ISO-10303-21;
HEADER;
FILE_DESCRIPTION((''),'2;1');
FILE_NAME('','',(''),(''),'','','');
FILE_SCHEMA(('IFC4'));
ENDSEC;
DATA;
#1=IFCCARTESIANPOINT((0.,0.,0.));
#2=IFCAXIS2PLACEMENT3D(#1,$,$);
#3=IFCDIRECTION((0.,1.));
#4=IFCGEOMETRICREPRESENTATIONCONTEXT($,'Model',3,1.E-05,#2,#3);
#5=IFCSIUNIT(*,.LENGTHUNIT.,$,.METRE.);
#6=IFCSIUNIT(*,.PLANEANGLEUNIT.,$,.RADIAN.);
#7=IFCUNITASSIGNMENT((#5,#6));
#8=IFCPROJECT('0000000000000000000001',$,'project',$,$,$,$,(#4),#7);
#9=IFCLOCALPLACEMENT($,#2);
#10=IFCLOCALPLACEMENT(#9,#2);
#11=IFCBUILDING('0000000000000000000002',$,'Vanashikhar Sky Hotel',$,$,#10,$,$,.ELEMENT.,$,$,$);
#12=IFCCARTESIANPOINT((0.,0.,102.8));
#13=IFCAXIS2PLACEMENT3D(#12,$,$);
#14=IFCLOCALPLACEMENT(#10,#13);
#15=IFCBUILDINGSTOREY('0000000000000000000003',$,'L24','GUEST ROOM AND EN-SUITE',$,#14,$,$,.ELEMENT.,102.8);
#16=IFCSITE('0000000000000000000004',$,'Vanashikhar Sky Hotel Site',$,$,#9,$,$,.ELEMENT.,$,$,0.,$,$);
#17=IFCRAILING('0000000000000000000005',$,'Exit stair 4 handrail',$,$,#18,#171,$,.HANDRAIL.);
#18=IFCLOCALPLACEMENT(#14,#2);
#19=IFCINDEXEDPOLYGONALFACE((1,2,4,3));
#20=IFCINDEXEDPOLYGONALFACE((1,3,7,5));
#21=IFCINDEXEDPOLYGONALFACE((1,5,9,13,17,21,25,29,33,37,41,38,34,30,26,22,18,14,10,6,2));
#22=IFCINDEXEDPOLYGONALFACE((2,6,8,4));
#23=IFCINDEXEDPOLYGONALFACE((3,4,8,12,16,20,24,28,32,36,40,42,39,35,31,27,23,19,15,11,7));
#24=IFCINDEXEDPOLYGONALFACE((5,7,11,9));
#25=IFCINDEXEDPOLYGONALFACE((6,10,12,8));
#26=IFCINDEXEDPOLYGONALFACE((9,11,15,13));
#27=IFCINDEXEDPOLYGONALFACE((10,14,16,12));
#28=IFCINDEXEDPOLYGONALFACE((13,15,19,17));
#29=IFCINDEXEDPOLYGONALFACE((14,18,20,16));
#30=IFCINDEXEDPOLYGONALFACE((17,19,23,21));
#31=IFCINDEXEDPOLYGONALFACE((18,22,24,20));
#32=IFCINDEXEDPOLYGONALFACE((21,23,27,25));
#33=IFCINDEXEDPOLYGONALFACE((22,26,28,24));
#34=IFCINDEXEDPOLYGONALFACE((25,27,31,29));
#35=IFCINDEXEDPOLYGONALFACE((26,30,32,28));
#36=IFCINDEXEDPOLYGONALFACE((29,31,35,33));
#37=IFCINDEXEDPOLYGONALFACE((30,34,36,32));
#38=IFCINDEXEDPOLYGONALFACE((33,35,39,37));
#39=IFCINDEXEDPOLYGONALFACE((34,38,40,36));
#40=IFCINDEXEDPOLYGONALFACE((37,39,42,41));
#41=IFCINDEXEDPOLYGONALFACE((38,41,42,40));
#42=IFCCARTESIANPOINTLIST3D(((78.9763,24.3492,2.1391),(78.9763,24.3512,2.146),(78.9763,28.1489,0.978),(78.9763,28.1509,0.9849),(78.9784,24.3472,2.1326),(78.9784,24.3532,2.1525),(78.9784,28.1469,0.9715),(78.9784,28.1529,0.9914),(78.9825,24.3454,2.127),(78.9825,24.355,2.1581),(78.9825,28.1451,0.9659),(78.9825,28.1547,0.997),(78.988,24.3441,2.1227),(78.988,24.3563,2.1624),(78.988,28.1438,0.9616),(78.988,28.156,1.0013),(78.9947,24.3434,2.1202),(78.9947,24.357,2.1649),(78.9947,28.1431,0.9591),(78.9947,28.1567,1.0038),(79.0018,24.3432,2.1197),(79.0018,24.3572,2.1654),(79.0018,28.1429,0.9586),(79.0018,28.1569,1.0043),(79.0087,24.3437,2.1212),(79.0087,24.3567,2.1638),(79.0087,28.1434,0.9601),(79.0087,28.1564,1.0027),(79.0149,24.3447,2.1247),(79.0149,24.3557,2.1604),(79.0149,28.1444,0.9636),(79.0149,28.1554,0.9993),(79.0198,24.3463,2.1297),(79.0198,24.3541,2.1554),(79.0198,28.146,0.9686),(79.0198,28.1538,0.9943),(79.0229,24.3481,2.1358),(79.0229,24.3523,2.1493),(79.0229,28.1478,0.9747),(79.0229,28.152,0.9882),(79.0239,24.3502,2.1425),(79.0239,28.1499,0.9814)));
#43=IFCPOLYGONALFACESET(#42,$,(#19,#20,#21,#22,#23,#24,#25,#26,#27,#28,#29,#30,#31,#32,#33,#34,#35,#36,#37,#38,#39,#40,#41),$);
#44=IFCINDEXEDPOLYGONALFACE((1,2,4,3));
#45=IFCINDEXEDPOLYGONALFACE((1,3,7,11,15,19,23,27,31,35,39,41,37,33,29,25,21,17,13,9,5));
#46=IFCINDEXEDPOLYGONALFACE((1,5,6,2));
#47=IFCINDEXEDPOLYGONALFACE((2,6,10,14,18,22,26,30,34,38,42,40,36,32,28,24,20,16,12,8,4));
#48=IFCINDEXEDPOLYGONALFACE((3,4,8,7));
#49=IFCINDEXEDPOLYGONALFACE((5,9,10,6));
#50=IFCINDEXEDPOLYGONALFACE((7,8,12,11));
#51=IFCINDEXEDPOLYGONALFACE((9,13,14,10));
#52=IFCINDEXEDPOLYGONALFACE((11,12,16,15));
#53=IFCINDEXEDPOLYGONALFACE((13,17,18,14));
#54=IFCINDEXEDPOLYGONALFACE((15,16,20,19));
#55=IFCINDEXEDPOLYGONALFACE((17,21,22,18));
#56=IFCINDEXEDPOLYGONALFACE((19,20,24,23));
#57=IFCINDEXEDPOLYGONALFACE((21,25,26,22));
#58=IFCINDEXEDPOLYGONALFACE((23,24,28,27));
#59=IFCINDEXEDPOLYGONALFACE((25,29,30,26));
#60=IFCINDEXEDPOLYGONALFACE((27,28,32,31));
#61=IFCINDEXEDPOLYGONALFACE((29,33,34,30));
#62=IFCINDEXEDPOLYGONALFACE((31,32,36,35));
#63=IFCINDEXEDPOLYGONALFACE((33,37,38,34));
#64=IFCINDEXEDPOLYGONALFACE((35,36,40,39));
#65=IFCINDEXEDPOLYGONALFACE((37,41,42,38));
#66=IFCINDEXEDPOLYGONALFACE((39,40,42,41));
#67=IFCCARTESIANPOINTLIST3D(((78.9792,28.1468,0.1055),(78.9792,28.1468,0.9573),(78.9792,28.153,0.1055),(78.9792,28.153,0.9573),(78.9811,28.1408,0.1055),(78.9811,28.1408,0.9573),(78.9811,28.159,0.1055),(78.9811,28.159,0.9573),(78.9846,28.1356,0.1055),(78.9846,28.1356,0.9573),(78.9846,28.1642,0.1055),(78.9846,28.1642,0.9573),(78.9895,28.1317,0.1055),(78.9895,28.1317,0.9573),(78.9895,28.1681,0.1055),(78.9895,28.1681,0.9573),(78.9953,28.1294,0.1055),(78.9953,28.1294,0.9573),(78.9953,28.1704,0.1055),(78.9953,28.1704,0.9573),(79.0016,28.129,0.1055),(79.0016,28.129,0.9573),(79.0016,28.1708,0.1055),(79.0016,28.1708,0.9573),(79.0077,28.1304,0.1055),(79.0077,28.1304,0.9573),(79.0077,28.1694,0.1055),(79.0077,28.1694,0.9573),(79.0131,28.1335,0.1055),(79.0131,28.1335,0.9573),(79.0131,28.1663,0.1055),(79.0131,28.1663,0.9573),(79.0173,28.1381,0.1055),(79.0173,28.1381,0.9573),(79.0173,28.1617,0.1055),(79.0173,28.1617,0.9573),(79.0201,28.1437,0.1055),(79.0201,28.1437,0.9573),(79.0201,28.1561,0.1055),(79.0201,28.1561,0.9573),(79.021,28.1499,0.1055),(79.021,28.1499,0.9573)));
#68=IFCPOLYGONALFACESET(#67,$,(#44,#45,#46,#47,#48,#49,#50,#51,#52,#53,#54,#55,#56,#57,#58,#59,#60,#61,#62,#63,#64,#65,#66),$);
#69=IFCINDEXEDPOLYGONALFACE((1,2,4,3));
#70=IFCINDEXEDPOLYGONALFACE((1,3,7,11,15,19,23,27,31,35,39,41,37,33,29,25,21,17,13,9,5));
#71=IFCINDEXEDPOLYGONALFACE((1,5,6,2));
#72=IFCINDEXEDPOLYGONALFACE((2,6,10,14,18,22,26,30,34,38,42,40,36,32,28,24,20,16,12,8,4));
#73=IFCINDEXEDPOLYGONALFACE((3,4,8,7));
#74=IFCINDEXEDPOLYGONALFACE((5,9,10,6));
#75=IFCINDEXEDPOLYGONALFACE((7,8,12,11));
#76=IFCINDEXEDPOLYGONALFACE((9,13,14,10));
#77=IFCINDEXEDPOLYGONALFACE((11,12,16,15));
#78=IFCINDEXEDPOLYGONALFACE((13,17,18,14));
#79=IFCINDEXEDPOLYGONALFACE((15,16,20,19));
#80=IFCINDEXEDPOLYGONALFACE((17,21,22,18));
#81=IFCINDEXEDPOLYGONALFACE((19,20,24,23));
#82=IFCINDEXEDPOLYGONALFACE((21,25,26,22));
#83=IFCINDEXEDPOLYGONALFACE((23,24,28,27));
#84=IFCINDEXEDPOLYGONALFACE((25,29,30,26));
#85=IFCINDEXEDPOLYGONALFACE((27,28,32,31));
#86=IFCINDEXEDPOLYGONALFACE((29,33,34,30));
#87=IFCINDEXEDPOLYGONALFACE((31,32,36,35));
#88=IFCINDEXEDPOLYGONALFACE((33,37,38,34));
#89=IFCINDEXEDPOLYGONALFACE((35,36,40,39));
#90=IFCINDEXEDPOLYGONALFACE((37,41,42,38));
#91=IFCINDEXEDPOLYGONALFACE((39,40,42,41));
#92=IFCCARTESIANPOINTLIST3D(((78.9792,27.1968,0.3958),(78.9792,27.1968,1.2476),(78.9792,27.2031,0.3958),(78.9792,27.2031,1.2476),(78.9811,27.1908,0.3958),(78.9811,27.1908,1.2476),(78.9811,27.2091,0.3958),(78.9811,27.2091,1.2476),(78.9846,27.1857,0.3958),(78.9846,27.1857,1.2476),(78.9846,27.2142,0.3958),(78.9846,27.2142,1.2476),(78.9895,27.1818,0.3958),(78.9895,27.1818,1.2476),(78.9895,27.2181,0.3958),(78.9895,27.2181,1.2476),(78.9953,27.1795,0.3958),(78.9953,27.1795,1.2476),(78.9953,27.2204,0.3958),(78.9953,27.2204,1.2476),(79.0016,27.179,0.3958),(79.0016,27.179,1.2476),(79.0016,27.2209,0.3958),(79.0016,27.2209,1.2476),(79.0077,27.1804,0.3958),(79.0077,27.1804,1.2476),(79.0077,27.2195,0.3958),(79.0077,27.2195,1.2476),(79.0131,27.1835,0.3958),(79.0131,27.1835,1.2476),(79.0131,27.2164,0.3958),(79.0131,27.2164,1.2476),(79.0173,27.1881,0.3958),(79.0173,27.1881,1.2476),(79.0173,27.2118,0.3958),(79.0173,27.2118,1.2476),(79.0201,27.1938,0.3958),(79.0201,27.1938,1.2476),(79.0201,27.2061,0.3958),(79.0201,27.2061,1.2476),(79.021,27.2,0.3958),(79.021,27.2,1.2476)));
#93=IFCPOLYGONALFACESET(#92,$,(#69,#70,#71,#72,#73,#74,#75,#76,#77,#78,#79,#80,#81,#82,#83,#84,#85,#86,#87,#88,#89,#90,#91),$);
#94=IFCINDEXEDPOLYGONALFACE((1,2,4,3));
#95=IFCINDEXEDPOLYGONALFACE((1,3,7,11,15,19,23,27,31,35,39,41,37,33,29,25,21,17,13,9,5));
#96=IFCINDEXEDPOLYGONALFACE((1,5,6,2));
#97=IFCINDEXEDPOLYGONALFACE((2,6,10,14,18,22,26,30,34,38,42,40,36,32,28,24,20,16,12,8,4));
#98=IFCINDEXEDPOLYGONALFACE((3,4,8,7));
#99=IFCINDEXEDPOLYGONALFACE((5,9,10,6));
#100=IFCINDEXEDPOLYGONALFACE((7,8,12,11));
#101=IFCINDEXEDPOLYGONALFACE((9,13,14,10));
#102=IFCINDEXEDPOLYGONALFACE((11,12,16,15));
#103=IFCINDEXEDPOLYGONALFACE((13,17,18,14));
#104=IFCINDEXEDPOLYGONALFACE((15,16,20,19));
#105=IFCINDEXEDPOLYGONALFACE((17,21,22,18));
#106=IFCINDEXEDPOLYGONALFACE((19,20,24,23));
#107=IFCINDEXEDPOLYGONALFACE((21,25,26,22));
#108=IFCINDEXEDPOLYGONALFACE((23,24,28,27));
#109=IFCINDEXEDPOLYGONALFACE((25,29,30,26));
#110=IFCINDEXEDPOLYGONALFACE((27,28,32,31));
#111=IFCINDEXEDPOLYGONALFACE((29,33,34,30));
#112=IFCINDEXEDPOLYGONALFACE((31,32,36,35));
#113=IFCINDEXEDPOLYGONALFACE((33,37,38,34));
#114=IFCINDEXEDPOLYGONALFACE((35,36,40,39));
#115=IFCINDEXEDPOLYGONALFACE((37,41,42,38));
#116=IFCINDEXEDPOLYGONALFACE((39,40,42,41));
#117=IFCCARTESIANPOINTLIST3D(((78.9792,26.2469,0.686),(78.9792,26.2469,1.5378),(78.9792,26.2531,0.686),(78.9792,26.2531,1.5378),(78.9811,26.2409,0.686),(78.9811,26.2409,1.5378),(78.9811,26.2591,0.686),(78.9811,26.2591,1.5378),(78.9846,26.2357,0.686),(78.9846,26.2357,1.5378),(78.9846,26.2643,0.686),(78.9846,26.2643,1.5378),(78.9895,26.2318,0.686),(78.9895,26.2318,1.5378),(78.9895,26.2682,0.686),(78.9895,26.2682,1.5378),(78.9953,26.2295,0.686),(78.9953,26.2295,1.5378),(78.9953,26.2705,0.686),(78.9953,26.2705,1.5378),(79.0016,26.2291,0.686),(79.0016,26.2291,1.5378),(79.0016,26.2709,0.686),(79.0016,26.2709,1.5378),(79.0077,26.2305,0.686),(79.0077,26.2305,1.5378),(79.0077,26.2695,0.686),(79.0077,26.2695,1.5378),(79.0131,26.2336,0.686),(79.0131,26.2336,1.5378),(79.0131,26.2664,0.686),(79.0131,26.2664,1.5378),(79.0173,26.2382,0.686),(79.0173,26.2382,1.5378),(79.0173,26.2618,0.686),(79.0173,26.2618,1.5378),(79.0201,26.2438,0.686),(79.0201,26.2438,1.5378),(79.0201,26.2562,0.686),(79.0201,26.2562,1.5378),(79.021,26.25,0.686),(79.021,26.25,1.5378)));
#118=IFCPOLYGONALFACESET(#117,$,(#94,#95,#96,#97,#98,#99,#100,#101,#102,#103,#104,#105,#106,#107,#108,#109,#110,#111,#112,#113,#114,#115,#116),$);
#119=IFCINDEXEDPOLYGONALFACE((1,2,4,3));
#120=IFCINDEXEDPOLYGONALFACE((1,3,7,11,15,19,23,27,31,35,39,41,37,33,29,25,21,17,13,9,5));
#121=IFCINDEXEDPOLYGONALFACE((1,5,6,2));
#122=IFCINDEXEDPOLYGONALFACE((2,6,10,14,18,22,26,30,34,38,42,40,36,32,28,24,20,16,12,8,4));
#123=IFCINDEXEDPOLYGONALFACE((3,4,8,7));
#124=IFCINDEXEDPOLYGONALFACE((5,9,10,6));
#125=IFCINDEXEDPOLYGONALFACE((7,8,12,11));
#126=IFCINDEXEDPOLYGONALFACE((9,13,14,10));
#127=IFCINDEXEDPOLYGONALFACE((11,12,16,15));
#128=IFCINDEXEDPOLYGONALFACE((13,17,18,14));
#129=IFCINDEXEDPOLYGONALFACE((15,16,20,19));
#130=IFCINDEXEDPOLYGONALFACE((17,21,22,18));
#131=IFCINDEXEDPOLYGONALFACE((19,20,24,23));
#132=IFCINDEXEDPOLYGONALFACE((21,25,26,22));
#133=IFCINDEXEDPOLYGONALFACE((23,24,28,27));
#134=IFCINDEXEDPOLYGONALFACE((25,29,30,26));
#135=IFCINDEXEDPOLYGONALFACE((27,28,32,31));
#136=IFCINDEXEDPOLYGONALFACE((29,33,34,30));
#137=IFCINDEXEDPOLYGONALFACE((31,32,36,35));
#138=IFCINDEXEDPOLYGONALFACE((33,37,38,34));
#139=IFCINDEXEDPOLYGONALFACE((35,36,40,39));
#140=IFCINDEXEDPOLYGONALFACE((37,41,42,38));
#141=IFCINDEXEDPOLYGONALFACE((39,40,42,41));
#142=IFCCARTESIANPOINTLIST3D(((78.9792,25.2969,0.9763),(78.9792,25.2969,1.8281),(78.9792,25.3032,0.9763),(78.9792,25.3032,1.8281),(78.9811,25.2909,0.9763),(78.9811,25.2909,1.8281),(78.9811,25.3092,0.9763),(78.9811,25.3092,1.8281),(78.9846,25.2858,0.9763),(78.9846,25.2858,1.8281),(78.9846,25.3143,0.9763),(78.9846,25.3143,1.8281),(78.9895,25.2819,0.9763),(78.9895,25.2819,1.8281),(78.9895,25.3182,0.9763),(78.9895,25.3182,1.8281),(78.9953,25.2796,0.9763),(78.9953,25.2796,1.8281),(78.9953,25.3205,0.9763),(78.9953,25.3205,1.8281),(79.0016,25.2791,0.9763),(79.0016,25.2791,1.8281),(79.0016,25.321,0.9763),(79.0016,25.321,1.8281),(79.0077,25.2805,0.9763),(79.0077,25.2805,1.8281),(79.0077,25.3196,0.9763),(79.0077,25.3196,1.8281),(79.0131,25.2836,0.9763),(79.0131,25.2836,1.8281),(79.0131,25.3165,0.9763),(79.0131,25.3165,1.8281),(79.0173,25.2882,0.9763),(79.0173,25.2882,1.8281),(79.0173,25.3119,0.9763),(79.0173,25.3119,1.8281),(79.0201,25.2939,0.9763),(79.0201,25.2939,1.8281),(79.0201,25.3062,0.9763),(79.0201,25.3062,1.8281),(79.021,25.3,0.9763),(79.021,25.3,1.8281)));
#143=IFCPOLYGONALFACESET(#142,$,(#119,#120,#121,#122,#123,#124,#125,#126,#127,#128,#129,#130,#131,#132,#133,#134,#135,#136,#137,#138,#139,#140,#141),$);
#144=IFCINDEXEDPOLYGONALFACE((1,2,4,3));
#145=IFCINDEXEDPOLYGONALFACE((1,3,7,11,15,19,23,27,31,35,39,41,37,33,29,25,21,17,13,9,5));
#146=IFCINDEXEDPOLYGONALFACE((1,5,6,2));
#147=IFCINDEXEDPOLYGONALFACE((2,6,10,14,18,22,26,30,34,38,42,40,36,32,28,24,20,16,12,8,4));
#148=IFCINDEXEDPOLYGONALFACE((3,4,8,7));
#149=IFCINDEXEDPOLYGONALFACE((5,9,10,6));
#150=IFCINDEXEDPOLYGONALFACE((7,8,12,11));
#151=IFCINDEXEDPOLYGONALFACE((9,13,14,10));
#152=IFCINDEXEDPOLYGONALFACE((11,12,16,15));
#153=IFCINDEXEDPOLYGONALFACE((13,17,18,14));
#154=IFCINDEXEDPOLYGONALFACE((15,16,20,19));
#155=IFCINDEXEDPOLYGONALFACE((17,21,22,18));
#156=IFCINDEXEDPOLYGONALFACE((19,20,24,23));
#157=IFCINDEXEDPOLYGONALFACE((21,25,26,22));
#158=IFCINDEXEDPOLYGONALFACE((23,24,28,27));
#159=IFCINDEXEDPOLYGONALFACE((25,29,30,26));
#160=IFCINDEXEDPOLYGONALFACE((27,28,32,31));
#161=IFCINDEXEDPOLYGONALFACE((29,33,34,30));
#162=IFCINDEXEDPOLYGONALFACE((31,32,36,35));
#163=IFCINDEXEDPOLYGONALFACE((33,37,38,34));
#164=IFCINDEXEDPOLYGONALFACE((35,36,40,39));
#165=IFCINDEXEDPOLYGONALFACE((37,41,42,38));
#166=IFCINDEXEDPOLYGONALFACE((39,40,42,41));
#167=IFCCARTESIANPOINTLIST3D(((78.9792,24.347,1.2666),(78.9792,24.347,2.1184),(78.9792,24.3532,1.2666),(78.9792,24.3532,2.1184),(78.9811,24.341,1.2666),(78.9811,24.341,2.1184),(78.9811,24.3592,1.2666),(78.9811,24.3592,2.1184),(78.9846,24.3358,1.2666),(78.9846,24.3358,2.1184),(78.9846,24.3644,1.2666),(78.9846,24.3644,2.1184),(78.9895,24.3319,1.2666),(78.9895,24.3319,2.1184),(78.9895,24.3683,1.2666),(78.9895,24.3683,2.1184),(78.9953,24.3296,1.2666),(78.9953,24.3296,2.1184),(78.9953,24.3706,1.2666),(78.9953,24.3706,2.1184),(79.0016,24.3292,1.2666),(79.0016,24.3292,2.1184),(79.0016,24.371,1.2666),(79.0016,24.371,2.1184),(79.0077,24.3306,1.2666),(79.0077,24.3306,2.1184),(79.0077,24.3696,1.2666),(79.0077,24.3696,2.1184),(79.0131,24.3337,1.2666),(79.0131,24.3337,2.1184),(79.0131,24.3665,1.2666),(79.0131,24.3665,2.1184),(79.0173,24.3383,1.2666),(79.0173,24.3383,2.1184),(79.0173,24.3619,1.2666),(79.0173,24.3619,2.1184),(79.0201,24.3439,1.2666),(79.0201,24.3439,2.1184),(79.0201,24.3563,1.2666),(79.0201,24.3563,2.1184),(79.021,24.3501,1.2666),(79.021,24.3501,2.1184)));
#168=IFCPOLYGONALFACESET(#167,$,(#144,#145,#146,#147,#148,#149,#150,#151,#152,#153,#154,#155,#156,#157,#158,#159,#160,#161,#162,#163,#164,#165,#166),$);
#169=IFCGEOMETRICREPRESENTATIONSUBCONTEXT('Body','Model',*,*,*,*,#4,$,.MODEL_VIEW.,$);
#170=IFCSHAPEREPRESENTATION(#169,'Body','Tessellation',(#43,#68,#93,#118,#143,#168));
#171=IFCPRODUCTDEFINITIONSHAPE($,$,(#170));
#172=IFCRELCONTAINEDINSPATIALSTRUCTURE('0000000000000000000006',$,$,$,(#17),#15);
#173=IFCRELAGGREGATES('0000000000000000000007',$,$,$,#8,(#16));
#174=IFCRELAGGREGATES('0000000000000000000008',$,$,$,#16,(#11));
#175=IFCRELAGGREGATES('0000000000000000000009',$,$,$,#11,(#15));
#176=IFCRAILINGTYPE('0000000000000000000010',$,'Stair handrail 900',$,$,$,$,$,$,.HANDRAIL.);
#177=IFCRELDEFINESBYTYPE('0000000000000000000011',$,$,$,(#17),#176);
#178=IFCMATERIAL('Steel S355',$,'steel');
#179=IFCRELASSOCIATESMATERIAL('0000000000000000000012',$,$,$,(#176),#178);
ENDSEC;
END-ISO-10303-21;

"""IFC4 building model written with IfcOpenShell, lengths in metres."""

from ifc_helpers import new_model, si_unit, direction, frame, origin, origin_2d, place, context, subcontext, project, spatial, circle, extrude, source, transform, mapped, material, type_object, element, save


model = new_model("IFC4")

# Units and contexts
model_context = context("Model", 3, precision=1e-05, world=origin(), true_north=direction((0.0, 1.0)))
body_context = subcontext(model_context, "Body", "Model", "MODEL_VIEW")
ifc_project = project(units=[si_unit("LENGTHUNIT", "METRE"), si_unit("PLANEANGLEUNIT", "RADIAN")], contexts=[model_context])

# Site, building, storey
site_placement = place(None, origin())
site = spatial("IfcSite", under=ifc_project, at=site_placement, Name="Vanashikhar Sky Hotel Site", CompositionType="ELEMENT", RefElevation=0.0)
building_placement = place(site_placement, origin())
building = spatial("IfcBuilding", under=site, at=building_placement, Name="Vanashikhar Sky Hotel", CompositionType="ELEMENT")
storey_placement = place(building_placement, frame((0.0, 0.0, 102.8)))
storey = spatial("IfcBuildingStorey", under=building, at=storey_placement, Name="L24", Description="GUEST ROOM AND EN-SUITE", CompositionType="ELEMENT", Elevation=102.8)

# Railing
ifc_material_1 = material(Name="Steel S355", Category="steel")
railing_type_1 = type_object("IfcRailingType", Name="Stair handrail 900", PredefinedType="HANDRAIL", material=ifc_material_1)
shared_shape_1 = source(origin(), body_context, "Body", "SweptSolid", [
    extrude(circle(Radius=0.0239, at=origin_2d()), frame((0.0, 0.0, 0.876), z_axis=(0.0, -0.956346, 0.292237), x_axis=(1.0, 0.0, 0.0)), (0.0, 0.0, 1.0), 3.9731),
    extrude(circle(Radius=0.021, at=origin_2d()), origin(), (0.0, 0.0, 1.0), 0.8518),
    extrude(circle(Radius=0.021, at=origin_2d()), frame((0.0, -0.95, 0.2903)), (0.0, 0.0, 1.0), 0.8518),
    extrude(circle(Radius=0.021, at=origin_2d()), frame((0.0, -1.8999, 0.5806)), (0.0, 0.0, 1.0), 0.8518),
    extrude(circle(Radius=0.021, at=origin_2d()), frame((0.0, -2.8499, 0.8708)), (0.0, 0.0, 1.0), 0.8518),
    extrude(circle(Radius=0.021, at=origin_2d()), frame((0.0, -3.7998, 1.1611)), (0.0, 0.0, 1.0), 0.8518),
])
for number, where, name in (
    (1, (79.0, 28.1499, 0.1055), "Exit stair 4 handrail"),
):
    element("IfcRailing", number, at=place(storey_placement, frame(where)), inside=storey, type_object=railing_type_1, Name=name, PredefinedType="HANDRAIL", context=body_context, shape_type="MappedRepresentation", body=[
        mapped(shared_shape_1, transform((0.0, 0.0, 0.0), scale=1.0)),
    ])

save(model, "model.ifc")
